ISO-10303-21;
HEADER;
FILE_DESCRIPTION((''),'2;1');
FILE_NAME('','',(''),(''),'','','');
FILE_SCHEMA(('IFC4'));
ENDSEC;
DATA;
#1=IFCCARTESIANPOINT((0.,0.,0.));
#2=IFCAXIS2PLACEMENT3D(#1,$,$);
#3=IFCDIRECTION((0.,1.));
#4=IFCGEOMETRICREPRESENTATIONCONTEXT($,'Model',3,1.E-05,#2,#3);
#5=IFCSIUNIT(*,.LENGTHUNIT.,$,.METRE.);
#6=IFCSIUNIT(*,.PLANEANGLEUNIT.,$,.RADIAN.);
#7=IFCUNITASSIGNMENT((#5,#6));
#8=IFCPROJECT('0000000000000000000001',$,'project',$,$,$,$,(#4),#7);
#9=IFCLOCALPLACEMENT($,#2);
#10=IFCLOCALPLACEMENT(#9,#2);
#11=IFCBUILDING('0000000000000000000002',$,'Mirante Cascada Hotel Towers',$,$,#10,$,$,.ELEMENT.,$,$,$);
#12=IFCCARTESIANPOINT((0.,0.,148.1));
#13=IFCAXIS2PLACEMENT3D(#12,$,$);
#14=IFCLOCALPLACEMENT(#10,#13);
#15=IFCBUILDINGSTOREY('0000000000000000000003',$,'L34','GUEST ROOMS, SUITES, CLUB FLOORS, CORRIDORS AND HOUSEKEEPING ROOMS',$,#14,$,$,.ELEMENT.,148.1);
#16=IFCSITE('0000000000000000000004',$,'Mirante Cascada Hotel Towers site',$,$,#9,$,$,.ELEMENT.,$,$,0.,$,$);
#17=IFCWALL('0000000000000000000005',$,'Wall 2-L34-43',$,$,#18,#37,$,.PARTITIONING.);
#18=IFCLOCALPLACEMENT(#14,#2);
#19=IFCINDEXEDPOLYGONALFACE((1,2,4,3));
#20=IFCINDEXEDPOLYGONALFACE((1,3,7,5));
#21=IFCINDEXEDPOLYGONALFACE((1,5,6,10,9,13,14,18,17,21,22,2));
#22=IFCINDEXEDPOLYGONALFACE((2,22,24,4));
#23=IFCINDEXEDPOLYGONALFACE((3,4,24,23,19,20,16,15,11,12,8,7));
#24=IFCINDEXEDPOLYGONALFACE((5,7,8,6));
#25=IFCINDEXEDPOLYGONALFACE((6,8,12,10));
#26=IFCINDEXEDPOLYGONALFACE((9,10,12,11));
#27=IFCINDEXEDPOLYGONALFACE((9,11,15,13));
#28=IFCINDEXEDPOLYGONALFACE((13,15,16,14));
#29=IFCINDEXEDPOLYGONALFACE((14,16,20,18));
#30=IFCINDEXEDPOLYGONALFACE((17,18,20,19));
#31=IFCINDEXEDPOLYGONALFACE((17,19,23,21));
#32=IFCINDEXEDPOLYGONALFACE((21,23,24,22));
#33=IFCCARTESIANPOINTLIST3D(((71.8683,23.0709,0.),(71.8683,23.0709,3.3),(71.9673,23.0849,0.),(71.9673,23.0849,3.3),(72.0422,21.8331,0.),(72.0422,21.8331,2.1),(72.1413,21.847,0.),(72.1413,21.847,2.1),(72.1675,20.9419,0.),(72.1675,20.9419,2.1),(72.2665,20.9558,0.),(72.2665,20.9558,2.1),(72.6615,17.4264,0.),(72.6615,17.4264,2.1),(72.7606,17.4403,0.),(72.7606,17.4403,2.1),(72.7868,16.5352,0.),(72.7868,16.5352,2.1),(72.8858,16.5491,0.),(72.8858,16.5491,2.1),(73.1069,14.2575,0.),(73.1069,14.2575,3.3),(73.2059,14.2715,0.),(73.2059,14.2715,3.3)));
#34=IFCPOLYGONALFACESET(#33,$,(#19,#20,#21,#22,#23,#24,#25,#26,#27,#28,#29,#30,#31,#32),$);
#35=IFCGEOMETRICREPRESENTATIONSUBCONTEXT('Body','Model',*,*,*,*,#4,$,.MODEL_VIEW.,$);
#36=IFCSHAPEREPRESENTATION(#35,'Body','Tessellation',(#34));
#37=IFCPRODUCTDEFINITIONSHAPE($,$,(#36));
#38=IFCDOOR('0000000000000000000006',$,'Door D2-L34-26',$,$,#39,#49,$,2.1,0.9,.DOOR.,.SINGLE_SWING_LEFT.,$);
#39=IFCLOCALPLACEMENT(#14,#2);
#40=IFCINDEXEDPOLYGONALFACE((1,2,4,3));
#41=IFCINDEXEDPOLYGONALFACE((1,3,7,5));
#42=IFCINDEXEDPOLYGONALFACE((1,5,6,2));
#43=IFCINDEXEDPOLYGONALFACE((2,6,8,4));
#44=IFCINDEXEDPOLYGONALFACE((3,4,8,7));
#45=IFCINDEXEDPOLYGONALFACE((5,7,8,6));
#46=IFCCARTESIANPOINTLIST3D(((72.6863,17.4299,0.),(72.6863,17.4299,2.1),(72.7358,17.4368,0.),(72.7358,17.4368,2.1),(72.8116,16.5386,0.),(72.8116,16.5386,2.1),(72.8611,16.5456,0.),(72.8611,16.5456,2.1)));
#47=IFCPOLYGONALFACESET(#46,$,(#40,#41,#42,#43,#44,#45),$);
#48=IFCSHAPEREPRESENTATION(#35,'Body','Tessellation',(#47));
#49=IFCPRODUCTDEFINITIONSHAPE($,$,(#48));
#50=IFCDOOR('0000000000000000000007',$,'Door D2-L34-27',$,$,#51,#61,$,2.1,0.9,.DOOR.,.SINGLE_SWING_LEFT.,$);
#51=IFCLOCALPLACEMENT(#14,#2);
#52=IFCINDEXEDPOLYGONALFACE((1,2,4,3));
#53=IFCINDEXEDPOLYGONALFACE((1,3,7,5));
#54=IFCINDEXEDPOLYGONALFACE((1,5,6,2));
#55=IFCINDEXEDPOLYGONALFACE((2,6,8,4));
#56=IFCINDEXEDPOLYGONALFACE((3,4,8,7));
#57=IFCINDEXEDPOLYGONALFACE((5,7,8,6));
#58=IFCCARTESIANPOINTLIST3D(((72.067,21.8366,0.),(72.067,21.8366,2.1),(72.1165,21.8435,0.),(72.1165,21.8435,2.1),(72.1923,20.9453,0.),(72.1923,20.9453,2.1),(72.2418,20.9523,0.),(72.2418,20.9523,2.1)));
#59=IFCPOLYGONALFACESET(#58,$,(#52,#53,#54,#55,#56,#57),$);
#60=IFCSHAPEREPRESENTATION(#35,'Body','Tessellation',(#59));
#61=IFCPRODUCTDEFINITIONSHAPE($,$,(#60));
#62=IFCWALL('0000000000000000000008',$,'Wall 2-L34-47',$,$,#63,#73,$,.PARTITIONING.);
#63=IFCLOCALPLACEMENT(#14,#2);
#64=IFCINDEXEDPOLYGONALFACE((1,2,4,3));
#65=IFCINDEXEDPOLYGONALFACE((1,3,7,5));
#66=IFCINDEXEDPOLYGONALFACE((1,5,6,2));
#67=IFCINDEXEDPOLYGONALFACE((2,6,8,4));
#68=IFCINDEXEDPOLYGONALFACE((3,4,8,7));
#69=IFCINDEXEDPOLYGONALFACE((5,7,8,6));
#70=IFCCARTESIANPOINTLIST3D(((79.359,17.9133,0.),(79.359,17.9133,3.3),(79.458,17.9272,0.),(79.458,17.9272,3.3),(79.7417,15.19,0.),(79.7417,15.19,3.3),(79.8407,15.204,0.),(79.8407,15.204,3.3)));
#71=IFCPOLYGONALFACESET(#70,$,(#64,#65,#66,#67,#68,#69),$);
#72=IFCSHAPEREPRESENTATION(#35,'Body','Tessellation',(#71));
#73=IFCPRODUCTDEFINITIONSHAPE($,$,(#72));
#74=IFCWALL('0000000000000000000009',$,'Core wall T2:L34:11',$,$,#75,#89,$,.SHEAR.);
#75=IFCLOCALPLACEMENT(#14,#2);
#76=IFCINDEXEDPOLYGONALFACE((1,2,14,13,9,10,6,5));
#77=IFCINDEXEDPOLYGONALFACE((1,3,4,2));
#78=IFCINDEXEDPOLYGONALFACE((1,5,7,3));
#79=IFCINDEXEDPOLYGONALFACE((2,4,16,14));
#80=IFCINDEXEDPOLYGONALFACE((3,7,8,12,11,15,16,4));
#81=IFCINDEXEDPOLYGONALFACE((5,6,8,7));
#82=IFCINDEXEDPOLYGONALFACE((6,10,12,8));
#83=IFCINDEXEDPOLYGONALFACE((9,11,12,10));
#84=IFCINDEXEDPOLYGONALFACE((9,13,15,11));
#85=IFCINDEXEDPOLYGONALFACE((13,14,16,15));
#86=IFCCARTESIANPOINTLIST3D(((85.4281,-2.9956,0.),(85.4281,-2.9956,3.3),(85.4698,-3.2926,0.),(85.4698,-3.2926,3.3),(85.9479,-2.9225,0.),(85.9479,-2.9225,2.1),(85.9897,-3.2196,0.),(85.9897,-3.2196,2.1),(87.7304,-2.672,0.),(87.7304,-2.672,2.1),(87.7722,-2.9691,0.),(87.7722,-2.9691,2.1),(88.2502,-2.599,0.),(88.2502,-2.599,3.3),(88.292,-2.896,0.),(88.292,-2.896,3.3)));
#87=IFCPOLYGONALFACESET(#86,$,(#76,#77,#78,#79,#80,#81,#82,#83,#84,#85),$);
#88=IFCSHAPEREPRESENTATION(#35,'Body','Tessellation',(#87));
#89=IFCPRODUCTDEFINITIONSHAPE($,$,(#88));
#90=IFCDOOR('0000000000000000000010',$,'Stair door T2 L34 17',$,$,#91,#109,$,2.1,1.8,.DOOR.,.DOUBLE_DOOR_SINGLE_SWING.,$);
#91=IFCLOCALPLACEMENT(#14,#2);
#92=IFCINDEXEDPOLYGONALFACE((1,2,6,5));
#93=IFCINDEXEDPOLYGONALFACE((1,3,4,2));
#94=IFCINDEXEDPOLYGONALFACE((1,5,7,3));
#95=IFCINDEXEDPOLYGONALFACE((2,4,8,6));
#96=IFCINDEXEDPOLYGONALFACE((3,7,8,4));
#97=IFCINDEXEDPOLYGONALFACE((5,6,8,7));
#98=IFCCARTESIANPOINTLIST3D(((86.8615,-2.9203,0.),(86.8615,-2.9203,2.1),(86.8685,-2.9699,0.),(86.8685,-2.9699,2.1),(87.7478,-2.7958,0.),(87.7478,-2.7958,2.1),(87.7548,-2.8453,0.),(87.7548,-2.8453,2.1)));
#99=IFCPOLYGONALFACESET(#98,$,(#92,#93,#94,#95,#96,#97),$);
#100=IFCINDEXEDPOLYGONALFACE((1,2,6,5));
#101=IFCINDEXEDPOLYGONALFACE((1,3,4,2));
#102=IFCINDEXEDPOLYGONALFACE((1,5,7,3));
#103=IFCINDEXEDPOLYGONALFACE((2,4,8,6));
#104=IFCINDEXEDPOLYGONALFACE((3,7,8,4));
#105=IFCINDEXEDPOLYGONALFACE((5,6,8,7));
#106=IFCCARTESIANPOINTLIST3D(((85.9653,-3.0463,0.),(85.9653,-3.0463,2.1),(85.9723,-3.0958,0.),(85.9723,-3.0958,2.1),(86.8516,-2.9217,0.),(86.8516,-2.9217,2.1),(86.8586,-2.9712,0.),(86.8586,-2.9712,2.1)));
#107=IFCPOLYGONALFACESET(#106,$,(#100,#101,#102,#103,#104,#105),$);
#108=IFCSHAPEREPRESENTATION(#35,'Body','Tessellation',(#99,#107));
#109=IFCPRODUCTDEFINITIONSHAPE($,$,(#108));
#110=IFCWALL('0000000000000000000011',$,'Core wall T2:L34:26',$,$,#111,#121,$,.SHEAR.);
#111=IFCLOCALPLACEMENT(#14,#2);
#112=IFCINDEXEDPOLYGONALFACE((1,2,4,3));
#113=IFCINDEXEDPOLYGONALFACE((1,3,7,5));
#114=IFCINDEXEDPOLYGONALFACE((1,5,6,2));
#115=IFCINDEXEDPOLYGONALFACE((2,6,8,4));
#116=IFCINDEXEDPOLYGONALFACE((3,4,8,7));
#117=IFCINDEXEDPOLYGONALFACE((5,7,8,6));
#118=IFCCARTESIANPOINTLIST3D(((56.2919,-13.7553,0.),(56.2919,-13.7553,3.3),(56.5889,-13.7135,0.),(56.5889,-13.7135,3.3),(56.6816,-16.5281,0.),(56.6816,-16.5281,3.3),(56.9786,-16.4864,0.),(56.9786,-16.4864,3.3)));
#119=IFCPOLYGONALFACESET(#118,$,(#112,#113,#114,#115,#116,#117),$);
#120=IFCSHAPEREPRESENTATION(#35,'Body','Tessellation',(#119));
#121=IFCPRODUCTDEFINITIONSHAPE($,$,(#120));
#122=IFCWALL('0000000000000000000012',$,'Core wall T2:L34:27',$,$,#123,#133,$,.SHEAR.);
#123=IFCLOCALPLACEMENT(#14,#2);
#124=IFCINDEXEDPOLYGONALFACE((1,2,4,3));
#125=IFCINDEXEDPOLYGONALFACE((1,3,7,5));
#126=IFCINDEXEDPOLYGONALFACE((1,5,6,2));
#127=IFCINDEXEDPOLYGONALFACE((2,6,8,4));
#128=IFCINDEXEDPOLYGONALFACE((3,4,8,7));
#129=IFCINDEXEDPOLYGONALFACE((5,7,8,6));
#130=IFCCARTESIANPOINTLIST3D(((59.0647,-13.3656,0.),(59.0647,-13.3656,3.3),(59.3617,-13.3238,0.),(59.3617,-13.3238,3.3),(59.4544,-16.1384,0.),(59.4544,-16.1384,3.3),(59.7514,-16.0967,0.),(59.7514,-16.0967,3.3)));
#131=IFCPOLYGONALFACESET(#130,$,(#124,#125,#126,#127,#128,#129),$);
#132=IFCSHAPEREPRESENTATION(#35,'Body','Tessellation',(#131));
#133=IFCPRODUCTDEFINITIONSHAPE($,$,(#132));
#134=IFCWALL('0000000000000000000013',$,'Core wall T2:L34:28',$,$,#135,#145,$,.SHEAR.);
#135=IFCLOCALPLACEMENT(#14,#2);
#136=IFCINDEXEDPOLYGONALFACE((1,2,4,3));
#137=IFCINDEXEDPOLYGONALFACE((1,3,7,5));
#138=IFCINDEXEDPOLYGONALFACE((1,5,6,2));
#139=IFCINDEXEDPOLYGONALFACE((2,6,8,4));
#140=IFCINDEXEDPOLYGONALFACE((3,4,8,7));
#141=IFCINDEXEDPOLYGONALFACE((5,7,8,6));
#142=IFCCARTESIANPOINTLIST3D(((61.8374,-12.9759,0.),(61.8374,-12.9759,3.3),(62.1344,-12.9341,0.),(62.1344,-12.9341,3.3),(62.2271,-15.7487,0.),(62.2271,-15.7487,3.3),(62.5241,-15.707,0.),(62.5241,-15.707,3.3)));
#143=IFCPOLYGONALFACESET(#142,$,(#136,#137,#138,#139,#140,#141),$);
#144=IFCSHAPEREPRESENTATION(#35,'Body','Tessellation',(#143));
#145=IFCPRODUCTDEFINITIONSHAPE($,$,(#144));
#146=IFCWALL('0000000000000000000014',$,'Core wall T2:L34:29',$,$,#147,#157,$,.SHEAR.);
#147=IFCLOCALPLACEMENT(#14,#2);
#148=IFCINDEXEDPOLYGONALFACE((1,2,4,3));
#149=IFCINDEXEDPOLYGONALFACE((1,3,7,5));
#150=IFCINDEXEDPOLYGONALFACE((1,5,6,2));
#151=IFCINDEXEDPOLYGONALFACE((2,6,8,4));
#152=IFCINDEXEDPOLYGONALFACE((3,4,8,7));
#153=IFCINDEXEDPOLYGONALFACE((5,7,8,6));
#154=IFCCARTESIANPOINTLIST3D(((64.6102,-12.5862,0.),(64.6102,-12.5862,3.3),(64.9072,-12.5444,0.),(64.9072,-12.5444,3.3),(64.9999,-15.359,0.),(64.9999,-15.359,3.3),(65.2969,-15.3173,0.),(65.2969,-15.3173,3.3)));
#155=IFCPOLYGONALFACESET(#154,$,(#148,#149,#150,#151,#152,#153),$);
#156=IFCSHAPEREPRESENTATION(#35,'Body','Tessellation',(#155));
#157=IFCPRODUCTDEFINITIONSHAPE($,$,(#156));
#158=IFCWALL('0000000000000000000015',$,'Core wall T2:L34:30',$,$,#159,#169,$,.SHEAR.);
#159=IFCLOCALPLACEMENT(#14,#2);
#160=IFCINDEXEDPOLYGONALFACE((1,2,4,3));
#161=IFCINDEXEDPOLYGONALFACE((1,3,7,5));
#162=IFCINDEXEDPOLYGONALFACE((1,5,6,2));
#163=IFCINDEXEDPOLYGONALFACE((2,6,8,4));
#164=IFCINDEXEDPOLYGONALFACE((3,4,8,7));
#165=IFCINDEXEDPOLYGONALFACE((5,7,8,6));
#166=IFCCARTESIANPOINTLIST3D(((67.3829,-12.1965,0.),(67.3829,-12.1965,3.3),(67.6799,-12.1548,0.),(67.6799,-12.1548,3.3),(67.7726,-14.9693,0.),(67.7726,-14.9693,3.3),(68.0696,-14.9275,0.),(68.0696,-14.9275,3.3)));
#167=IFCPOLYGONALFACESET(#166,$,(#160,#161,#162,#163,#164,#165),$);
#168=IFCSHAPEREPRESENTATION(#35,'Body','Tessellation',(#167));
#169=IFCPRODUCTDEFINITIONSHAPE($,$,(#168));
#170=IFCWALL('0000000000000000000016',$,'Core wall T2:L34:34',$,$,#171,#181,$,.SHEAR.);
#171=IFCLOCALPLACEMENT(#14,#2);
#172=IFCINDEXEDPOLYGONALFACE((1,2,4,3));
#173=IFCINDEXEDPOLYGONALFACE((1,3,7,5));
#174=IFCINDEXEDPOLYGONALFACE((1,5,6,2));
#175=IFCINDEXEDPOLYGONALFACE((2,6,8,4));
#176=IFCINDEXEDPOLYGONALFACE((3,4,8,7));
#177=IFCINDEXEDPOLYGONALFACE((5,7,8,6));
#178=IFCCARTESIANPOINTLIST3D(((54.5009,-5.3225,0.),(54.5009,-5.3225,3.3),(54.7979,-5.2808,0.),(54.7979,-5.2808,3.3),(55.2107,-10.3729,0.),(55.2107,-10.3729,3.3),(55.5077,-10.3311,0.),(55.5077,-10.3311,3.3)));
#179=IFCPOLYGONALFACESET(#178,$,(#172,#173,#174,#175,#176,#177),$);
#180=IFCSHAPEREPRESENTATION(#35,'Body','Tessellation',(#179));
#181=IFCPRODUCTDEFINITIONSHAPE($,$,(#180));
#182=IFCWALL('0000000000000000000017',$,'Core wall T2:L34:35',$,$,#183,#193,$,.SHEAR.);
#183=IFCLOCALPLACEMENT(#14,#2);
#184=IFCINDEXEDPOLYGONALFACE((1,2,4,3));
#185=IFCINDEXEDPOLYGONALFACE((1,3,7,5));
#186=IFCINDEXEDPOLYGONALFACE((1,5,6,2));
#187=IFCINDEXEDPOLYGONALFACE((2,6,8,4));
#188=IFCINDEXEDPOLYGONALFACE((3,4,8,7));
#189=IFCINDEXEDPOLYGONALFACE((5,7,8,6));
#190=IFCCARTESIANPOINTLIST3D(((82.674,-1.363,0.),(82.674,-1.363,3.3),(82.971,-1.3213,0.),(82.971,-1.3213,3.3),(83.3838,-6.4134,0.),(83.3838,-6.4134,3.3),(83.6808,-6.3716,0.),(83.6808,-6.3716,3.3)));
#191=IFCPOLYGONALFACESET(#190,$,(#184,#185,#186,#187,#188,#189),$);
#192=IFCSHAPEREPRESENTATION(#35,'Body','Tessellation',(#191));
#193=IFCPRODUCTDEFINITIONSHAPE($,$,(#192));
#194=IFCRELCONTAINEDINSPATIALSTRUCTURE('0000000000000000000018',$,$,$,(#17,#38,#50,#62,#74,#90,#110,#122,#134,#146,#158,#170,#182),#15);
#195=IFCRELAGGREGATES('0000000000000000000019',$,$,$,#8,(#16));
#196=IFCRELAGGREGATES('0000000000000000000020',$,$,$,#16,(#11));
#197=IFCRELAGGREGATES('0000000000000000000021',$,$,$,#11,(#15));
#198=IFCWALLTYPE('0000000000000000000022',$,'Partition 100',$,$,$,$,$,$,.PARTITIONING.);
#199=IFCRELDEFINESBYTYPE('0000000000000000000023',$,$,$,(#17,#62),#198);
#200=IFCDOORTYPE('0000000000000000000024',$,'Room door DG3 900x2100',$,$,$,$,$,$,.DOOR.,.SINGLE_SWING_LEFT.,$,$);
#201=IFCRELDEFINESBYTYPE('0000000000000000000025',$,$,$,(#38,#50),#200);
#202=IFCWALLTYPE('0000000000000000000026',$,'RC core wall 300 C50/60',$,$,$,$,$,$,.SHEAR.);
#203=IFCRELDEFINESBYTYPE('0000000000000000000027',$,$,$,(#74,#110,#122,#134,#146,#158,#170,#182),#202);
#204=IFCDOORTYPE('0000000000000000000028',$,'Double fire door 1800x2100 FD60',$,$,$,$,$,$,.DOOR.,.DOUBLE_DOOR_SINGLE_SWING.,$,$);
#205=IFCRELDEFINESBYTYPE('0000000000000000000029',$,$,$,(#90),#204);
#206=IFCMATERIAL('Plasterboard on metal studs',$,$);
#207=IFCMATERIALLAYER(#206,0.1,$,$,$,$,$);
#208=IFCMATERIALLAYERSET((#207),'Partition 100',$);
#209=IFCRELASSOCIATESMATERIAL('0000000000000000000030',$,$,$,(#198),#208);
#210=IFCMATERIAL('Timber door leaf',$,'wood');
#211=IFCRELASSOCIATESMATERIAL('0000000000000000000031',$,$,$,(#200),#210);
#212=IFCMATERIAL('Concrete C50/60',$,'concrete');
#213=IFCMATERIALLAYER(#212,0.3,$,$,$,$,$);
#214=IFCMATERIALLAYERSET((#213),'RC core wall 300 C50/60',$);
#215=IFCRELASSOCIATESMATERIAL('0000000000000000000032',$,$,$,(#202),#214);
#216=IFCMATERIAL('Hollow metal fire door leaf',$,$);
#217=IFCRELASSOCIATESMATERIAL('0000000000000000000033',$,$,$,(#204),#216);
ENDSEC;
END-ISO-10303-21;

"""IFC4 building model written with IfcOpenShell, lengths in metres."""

from ifc_helpers import new_model, si_unit, direction, frame, frame_2d, origin, place, context, subcontext, project, spatial, rectangle, extrude, material, layer, layer_set, type_object, element, fill, save


model = new_model("IFC4")

# Units and contexts
model_context = context("Model", 3, precision=1e-05, world=origin(), true_north=direction((0.0, 1.0)))
body_context = subcontext(model_context, "Body", "Model", "MODEL_VIEW")
ifc_project = project(units=[si_unit("LENGTHUNIT", "METRE"), si_unit("PLANEANGLEUNIT", "RADIAN")], contexts=[model_context])

# Site, building, storey
site_placement = place(None, origin())
site = spatial("IfcSite", under=ifc_project, at=site_placement, Name="Mirante Cascada Hotel Towers site", CompositionType="ELEMENT", RefElevation=0.0)
building_placement = place(site_placement, origin())
building = spatial("IfcBuilding", under=site, at=building_placement, Name="Mirante Cascada Hotel Towers", CompositionType="ELEMENT")
storey_placement = place(building_placement, frame((0.0, 0.0, 148.1)))
storey = spatial("IfcBuildingStorey", under=building, at=storey_placement, Name="L34", Description="GUEST ROOMS, SUITES, CLUB FLOORS, CORRIDORS AND HOUSEKEEPING ROOMS", CompositionType="ELEMENT", Elevation=148.1)

# Wall, openings, doors
ifc_material_1 = material(Name="Plasterboard on metal studs")
ifc_layer_1 = layer(ifc_material_1, 0.1)
ifc_layer_set_1 = layer_set([ifc_layer_1], Name="Partition 100")
wall_type_1 = type_object("IfcWallType", Name="Partition 100", PredefinedType="PARTITIONING", material=ifc_layer_set_1)
wall_1_placement = place(storey_placement, frame((73.1564, 14.2645, 0.0), z_axis=(0.0, 0.0, 1.0), x_axis=(-0.139168, 0.990269, 0.0)))
wall_1 = element("IfcWall", 1, at=wall_1_placement, inside=storey, type_object=wall_type_1, Name="Wall 2-L34-43", PredefinedType="PARTITIONING", context=body_context, shape_type="SweptSolid", body=[
    extrude(rectangle(XDim=8.9, YDim=0.1, at=frame_2d((4.45, 0.0))), origin(), (0.0, 0.0, 1.0), 3.3),
])
opening_1_placement = place(wall_1_placement, frame((2.3, 0.0, 0.0)))
opening_1 = element("IfcOpeningElement", 2, at=opening_1_placement, cuts=wall_1, PredefinedType="OPENING", context=body_context, shape_type="SweptSolid", body=[
    extrude(rectangle(XDim=0.9, YDim=2.1, at=frame_2d((0.45, 1.05))), frame((0.0, 0.05, 0.0), z_axis=(0.0, -1.0, 0.0), x_axis=(1.0, 0.0, 0.0)), (0.0, 0.0, 1.0), 0.1),
])
opening_2_placement = place(wall_1_placement, frame((6.75, 0.0, 0.0)))
opening_2 = element("IfcOpeningElement", 3, at=opening_2_placement, cuts=wall_1, PredefinedType="OPENING", context=body_context, shape_type="SweptSolid", body=[
    extrude(rectangle(XDim=0.9, YDim=2.1, at=frame_2d((0.45, 1.05))), frame((0.0, 0.05, 0.0), z_axis=(0.0, -1.0, 0.0), x_axis=(1.0, 0.0, 0.0)), (0.0, 0.0, 1.0), 0.1),
])
ifc_material_2 = material(Name="Timber door leaf", Category="wood")
door_type_1 = type_object("IfcDoorType", Name="Room door DG3 900x2100", OperationType="SINGLE_SWING_LEFT", PredefinedType="DOOR", material=ifc_material_2)
door_1_placement = place(opening_1_placement, origin())
door_1 = element("IfcDoor", 4, at=door_1_placement, inside=storey, type_object=door_type_1, Name="Door D2-L34-26", OperationType="SINGLE_SWING_LEFT", OverallHeight=2.1, OverallWidth=0.9, PredefinedType="DOOR", context=body_context, shape_type="SweptSolid", body=[
    extrude(rectangle(XDim=0.9, YDim=2.1, at=frame_2d((0.45, 1.05))), frame((0.0, 0.025, 0.0), z_axis=(0.0, -1.0, 0.0), x_axis=(1.0, 0.0, 0.0)), (0.0, 0.0, 1.0), 0.05),
])
fill(opening_1, door_1)
door_2_placement = place(opening_2_placement, origin())
door_2 = element("IfcDoor", 5, at=door_2_placement, inside=storey, type_object=door_type_1, Name="Door D2-L34-27", OperationType="SINGLE_SWING_LEFT", OverallHeight=2.1, OverallWidth=0.9, PredefinedType="DOOR", context=body_context, shape_type="SweptSolid", body=[
    extrude(rectangle(XDim=0.9, YDim=2.1, at=frame_2d((0.45, 1.05))), frame((0.0, 0.025, 0.0), z_axis=(0.0, -1.0, 0.0), x_axis=(1.0, 0.0, 0.0)), (0.0, 0.0, 1.0), 0.05),
])
fill(opening_2, door_2)

# Wall
wall_2_placement = place(storey_placement, frame((79.7912, 15.197, 0.0), z_axis=(0.0, 0.0, 1.0), x_axis=(-0.139166, 0.990269, 0.0)))
element("IfcWall", 6, at=wall_2_placement, inside=storey, type_object=wall_type_1, Name="Wall 2-L34-47", PredefinedType="PARTITIONING", context=body_context, shape_type="SweptSolid", body=[
    extrude(rectangle(XDim=2.75, YDim=0.1, at=frame_2d((1.375, 0.0))), origin(), (0.0, 0.0, 1.0), 3.3),
])

# Wall, opening, door
ifc_material_3 = material(Name="Concrete C50/60", Category="concrete")
ifc_layer_2 = layer(ifc_material_3, 0.3)
ifc_layer_set_2 = layer_set([ifc_layer_2], Name="RC core wall 300 C50/60")
wall_type_2 = type_object("IfcWallType", Name="RC core wall 300 C50/60", PredefinedType="SHEAR", material=ifc_layer_set_2)
wall_3_placement = place(storey_placement, frame((85.4489, -3.1441, 0.0), z_axis=(0.0, 0.0, 1.0), x_axis=(0.99027, 0.139161, 0.0)))
wall_3 = element("IfcWall", 7, at=wall_3_placement, inside=storey, type_object=wall_type_2, Name="Core wall T2:L34:11", PredefinedType="SHEAR", context=body_context, shape_type="SweptSolid", body=[
    extrude(rectangle(XDim=2.8499, YDim=0.3, at=frame_2d((1.425, 0.0))), origin(), (0.0, 0.0, 1.0), 3.3),
])
opening_3_placement = place(wall_3_placement, frame((0.525, 0.0, 0.0)))
opening_3 = element("IfcOpeningElement", 8, at=opening_3_placement, cuts=wall_3, PredefinedType="OPENING", context=body_context, shape_type="SweptSolid", body=[
    extrude(rectangle(XDim=1.8, YDim=2.1, at=frame_2d((0.9, 1.05))), frame((0.0, 0.15, 0.0), z_axis=(0.0, -1.0, 0.0), x_axis=(1.0, 0.0, 0.0)), (0.0, 0.0, 1.0), 0.3),
])
ifc_material_4 = material(Name="Hollow metal fire door leaf")
door_type_2 = type_object("IfcDoorType", Name="Double fire door 1800x2100 FD60", OperationType="DOUBLE_DOOR_SINGLE_SWING", PredefinedType="DOOR", material=ifc_material_4)
door_3_placement = place(opening_3_placement, frame((1.8, 0.0, 0.0), z_axis=(0.0, 0.0, 1.0), x_axis=(-1.0, 0.0, 0.0)))
door_3 = element("IfcDoor", 9, at=door_3_placement, inside=storey, type_object=door_type_2, Name="Stair door T2 L34 17", OperationType="DOUBLE_DOOR_SINGLE_SWING", OverallHeight=2.1, OverallWidth=1.8, PredefinedType="DOOR", context=body_context, shape_type="SweptSolid", body=[
    extrude(rectangle(XDim=0.895, YDim=2.1, at=frame_2d((0.4475, 1.05))), frame((0.0, 0.025, 0.0), z_axis=(0.0, -1.0, 0.0), x_axis=(1.0, 0.0, 0.0)), (0.0, 0.0, 1.0), 0.05),
    extrude(rectangle(XDim=0.895, YDim=2.1, at=frame_2d((1.3525, 1.05))), frame((0.0, 0.025, 0.0), z_axis=(0.0, -1.0, 0.0), x_axis=(1.0, 0.0, 0.0)), (0.0, 0.0, 1.0), 0.05),
])
fill(opening_3, door_3)

# Walls
for number, where, z_axis, x_axis, name in (
    (10, (56.8301, -16.5072, 0.0), (0.0, 0.0, 1.0), (-0.139176, 0.990268, 0.0), "Core wall T2:L34:26"),
    (11, (59.6029, -16.1175, 0.0), (0.0, 0.0, 1.0), (-0.139176, 0.990268, 0.0), "Core wall T2:L34:27"),
    (12, (62.3756, -15.7278, 0.0), (0.0, 0.0, 1.0), (-0.139176, 0.990268, 0.0), "Core wall T2:L34:28"),
    (13, (65.1484, -15.3381, 0.0), (0.0, 0.0, 1.0), (-0.139176, 0.990268, 0.0), "Core wall T2:L34:29"),
):
    element("IfcWall", number, at=place(storey_placement, frame(where, z_axis=z_axis, x_axis=x_axis)), inside=storey, type_object=wall_type_2, Name=name, PredefinedType="SHEAR", context=body_context, shape_type="SweptSolid", body=[
        extrude(rectangle(XDim=2.8001, YDim=0.3, at=frame_2d((1.4, 0.0))), origin(), (0.0, 0.0, 1.0), 3.3),
    ])
wall_4_placement = place(storey_placement, frame((67.9211, -14.9484, 0.0), z_axis=(0.0, 0.0, 1.0), x_axis=(-0.139181, 0.990267, 0.0)))
element("IfcWall", 14, at=wall_4_placement, inside=storey, type_object=wall_type_2, Name="Core wall T2:L34:30", PredefinedType="SHEAR", context=body_context, shape_type="SweptSolid", body=[
    extrude(rectangle(XDim=2.8, YDim=0.3, at=frame_2d((1.4, 0.0))), origin(), (0.0, 0.0, 1.0), 3.3),
])
for number, where, z_axis, x_axis, name in (
    (15, (55.3592, -10.352, 0.0), (0.0, 0.0, 1.0), (-0.139176, 0.990268, 0.0), "Core wall T2:L34:34"),
    (16, (83.5323, -6.3925, 0.0), (0.0, 0.0, 1.0), (-0.139176, 0.990268, 0.0), "Core wall T2:L34:35"),
):
    element("IfcWall", number, at=place(storey_placement, frame(where, z_axis=z_axis, x_axis=x_axis)), inside=storey, type_object=wall_type_2, Name=name, PredefinedType="SHEAR", context=body_context, shape_type="SweptSolid", body=[
        extrude(rectangle(XDim=5.1, YDim=0.3, at=frame_2d((2.55, 0.0))), origin(), (0.0, 0.0, 1.0), 3.3),
    ])

save(model, "model.ifc")
